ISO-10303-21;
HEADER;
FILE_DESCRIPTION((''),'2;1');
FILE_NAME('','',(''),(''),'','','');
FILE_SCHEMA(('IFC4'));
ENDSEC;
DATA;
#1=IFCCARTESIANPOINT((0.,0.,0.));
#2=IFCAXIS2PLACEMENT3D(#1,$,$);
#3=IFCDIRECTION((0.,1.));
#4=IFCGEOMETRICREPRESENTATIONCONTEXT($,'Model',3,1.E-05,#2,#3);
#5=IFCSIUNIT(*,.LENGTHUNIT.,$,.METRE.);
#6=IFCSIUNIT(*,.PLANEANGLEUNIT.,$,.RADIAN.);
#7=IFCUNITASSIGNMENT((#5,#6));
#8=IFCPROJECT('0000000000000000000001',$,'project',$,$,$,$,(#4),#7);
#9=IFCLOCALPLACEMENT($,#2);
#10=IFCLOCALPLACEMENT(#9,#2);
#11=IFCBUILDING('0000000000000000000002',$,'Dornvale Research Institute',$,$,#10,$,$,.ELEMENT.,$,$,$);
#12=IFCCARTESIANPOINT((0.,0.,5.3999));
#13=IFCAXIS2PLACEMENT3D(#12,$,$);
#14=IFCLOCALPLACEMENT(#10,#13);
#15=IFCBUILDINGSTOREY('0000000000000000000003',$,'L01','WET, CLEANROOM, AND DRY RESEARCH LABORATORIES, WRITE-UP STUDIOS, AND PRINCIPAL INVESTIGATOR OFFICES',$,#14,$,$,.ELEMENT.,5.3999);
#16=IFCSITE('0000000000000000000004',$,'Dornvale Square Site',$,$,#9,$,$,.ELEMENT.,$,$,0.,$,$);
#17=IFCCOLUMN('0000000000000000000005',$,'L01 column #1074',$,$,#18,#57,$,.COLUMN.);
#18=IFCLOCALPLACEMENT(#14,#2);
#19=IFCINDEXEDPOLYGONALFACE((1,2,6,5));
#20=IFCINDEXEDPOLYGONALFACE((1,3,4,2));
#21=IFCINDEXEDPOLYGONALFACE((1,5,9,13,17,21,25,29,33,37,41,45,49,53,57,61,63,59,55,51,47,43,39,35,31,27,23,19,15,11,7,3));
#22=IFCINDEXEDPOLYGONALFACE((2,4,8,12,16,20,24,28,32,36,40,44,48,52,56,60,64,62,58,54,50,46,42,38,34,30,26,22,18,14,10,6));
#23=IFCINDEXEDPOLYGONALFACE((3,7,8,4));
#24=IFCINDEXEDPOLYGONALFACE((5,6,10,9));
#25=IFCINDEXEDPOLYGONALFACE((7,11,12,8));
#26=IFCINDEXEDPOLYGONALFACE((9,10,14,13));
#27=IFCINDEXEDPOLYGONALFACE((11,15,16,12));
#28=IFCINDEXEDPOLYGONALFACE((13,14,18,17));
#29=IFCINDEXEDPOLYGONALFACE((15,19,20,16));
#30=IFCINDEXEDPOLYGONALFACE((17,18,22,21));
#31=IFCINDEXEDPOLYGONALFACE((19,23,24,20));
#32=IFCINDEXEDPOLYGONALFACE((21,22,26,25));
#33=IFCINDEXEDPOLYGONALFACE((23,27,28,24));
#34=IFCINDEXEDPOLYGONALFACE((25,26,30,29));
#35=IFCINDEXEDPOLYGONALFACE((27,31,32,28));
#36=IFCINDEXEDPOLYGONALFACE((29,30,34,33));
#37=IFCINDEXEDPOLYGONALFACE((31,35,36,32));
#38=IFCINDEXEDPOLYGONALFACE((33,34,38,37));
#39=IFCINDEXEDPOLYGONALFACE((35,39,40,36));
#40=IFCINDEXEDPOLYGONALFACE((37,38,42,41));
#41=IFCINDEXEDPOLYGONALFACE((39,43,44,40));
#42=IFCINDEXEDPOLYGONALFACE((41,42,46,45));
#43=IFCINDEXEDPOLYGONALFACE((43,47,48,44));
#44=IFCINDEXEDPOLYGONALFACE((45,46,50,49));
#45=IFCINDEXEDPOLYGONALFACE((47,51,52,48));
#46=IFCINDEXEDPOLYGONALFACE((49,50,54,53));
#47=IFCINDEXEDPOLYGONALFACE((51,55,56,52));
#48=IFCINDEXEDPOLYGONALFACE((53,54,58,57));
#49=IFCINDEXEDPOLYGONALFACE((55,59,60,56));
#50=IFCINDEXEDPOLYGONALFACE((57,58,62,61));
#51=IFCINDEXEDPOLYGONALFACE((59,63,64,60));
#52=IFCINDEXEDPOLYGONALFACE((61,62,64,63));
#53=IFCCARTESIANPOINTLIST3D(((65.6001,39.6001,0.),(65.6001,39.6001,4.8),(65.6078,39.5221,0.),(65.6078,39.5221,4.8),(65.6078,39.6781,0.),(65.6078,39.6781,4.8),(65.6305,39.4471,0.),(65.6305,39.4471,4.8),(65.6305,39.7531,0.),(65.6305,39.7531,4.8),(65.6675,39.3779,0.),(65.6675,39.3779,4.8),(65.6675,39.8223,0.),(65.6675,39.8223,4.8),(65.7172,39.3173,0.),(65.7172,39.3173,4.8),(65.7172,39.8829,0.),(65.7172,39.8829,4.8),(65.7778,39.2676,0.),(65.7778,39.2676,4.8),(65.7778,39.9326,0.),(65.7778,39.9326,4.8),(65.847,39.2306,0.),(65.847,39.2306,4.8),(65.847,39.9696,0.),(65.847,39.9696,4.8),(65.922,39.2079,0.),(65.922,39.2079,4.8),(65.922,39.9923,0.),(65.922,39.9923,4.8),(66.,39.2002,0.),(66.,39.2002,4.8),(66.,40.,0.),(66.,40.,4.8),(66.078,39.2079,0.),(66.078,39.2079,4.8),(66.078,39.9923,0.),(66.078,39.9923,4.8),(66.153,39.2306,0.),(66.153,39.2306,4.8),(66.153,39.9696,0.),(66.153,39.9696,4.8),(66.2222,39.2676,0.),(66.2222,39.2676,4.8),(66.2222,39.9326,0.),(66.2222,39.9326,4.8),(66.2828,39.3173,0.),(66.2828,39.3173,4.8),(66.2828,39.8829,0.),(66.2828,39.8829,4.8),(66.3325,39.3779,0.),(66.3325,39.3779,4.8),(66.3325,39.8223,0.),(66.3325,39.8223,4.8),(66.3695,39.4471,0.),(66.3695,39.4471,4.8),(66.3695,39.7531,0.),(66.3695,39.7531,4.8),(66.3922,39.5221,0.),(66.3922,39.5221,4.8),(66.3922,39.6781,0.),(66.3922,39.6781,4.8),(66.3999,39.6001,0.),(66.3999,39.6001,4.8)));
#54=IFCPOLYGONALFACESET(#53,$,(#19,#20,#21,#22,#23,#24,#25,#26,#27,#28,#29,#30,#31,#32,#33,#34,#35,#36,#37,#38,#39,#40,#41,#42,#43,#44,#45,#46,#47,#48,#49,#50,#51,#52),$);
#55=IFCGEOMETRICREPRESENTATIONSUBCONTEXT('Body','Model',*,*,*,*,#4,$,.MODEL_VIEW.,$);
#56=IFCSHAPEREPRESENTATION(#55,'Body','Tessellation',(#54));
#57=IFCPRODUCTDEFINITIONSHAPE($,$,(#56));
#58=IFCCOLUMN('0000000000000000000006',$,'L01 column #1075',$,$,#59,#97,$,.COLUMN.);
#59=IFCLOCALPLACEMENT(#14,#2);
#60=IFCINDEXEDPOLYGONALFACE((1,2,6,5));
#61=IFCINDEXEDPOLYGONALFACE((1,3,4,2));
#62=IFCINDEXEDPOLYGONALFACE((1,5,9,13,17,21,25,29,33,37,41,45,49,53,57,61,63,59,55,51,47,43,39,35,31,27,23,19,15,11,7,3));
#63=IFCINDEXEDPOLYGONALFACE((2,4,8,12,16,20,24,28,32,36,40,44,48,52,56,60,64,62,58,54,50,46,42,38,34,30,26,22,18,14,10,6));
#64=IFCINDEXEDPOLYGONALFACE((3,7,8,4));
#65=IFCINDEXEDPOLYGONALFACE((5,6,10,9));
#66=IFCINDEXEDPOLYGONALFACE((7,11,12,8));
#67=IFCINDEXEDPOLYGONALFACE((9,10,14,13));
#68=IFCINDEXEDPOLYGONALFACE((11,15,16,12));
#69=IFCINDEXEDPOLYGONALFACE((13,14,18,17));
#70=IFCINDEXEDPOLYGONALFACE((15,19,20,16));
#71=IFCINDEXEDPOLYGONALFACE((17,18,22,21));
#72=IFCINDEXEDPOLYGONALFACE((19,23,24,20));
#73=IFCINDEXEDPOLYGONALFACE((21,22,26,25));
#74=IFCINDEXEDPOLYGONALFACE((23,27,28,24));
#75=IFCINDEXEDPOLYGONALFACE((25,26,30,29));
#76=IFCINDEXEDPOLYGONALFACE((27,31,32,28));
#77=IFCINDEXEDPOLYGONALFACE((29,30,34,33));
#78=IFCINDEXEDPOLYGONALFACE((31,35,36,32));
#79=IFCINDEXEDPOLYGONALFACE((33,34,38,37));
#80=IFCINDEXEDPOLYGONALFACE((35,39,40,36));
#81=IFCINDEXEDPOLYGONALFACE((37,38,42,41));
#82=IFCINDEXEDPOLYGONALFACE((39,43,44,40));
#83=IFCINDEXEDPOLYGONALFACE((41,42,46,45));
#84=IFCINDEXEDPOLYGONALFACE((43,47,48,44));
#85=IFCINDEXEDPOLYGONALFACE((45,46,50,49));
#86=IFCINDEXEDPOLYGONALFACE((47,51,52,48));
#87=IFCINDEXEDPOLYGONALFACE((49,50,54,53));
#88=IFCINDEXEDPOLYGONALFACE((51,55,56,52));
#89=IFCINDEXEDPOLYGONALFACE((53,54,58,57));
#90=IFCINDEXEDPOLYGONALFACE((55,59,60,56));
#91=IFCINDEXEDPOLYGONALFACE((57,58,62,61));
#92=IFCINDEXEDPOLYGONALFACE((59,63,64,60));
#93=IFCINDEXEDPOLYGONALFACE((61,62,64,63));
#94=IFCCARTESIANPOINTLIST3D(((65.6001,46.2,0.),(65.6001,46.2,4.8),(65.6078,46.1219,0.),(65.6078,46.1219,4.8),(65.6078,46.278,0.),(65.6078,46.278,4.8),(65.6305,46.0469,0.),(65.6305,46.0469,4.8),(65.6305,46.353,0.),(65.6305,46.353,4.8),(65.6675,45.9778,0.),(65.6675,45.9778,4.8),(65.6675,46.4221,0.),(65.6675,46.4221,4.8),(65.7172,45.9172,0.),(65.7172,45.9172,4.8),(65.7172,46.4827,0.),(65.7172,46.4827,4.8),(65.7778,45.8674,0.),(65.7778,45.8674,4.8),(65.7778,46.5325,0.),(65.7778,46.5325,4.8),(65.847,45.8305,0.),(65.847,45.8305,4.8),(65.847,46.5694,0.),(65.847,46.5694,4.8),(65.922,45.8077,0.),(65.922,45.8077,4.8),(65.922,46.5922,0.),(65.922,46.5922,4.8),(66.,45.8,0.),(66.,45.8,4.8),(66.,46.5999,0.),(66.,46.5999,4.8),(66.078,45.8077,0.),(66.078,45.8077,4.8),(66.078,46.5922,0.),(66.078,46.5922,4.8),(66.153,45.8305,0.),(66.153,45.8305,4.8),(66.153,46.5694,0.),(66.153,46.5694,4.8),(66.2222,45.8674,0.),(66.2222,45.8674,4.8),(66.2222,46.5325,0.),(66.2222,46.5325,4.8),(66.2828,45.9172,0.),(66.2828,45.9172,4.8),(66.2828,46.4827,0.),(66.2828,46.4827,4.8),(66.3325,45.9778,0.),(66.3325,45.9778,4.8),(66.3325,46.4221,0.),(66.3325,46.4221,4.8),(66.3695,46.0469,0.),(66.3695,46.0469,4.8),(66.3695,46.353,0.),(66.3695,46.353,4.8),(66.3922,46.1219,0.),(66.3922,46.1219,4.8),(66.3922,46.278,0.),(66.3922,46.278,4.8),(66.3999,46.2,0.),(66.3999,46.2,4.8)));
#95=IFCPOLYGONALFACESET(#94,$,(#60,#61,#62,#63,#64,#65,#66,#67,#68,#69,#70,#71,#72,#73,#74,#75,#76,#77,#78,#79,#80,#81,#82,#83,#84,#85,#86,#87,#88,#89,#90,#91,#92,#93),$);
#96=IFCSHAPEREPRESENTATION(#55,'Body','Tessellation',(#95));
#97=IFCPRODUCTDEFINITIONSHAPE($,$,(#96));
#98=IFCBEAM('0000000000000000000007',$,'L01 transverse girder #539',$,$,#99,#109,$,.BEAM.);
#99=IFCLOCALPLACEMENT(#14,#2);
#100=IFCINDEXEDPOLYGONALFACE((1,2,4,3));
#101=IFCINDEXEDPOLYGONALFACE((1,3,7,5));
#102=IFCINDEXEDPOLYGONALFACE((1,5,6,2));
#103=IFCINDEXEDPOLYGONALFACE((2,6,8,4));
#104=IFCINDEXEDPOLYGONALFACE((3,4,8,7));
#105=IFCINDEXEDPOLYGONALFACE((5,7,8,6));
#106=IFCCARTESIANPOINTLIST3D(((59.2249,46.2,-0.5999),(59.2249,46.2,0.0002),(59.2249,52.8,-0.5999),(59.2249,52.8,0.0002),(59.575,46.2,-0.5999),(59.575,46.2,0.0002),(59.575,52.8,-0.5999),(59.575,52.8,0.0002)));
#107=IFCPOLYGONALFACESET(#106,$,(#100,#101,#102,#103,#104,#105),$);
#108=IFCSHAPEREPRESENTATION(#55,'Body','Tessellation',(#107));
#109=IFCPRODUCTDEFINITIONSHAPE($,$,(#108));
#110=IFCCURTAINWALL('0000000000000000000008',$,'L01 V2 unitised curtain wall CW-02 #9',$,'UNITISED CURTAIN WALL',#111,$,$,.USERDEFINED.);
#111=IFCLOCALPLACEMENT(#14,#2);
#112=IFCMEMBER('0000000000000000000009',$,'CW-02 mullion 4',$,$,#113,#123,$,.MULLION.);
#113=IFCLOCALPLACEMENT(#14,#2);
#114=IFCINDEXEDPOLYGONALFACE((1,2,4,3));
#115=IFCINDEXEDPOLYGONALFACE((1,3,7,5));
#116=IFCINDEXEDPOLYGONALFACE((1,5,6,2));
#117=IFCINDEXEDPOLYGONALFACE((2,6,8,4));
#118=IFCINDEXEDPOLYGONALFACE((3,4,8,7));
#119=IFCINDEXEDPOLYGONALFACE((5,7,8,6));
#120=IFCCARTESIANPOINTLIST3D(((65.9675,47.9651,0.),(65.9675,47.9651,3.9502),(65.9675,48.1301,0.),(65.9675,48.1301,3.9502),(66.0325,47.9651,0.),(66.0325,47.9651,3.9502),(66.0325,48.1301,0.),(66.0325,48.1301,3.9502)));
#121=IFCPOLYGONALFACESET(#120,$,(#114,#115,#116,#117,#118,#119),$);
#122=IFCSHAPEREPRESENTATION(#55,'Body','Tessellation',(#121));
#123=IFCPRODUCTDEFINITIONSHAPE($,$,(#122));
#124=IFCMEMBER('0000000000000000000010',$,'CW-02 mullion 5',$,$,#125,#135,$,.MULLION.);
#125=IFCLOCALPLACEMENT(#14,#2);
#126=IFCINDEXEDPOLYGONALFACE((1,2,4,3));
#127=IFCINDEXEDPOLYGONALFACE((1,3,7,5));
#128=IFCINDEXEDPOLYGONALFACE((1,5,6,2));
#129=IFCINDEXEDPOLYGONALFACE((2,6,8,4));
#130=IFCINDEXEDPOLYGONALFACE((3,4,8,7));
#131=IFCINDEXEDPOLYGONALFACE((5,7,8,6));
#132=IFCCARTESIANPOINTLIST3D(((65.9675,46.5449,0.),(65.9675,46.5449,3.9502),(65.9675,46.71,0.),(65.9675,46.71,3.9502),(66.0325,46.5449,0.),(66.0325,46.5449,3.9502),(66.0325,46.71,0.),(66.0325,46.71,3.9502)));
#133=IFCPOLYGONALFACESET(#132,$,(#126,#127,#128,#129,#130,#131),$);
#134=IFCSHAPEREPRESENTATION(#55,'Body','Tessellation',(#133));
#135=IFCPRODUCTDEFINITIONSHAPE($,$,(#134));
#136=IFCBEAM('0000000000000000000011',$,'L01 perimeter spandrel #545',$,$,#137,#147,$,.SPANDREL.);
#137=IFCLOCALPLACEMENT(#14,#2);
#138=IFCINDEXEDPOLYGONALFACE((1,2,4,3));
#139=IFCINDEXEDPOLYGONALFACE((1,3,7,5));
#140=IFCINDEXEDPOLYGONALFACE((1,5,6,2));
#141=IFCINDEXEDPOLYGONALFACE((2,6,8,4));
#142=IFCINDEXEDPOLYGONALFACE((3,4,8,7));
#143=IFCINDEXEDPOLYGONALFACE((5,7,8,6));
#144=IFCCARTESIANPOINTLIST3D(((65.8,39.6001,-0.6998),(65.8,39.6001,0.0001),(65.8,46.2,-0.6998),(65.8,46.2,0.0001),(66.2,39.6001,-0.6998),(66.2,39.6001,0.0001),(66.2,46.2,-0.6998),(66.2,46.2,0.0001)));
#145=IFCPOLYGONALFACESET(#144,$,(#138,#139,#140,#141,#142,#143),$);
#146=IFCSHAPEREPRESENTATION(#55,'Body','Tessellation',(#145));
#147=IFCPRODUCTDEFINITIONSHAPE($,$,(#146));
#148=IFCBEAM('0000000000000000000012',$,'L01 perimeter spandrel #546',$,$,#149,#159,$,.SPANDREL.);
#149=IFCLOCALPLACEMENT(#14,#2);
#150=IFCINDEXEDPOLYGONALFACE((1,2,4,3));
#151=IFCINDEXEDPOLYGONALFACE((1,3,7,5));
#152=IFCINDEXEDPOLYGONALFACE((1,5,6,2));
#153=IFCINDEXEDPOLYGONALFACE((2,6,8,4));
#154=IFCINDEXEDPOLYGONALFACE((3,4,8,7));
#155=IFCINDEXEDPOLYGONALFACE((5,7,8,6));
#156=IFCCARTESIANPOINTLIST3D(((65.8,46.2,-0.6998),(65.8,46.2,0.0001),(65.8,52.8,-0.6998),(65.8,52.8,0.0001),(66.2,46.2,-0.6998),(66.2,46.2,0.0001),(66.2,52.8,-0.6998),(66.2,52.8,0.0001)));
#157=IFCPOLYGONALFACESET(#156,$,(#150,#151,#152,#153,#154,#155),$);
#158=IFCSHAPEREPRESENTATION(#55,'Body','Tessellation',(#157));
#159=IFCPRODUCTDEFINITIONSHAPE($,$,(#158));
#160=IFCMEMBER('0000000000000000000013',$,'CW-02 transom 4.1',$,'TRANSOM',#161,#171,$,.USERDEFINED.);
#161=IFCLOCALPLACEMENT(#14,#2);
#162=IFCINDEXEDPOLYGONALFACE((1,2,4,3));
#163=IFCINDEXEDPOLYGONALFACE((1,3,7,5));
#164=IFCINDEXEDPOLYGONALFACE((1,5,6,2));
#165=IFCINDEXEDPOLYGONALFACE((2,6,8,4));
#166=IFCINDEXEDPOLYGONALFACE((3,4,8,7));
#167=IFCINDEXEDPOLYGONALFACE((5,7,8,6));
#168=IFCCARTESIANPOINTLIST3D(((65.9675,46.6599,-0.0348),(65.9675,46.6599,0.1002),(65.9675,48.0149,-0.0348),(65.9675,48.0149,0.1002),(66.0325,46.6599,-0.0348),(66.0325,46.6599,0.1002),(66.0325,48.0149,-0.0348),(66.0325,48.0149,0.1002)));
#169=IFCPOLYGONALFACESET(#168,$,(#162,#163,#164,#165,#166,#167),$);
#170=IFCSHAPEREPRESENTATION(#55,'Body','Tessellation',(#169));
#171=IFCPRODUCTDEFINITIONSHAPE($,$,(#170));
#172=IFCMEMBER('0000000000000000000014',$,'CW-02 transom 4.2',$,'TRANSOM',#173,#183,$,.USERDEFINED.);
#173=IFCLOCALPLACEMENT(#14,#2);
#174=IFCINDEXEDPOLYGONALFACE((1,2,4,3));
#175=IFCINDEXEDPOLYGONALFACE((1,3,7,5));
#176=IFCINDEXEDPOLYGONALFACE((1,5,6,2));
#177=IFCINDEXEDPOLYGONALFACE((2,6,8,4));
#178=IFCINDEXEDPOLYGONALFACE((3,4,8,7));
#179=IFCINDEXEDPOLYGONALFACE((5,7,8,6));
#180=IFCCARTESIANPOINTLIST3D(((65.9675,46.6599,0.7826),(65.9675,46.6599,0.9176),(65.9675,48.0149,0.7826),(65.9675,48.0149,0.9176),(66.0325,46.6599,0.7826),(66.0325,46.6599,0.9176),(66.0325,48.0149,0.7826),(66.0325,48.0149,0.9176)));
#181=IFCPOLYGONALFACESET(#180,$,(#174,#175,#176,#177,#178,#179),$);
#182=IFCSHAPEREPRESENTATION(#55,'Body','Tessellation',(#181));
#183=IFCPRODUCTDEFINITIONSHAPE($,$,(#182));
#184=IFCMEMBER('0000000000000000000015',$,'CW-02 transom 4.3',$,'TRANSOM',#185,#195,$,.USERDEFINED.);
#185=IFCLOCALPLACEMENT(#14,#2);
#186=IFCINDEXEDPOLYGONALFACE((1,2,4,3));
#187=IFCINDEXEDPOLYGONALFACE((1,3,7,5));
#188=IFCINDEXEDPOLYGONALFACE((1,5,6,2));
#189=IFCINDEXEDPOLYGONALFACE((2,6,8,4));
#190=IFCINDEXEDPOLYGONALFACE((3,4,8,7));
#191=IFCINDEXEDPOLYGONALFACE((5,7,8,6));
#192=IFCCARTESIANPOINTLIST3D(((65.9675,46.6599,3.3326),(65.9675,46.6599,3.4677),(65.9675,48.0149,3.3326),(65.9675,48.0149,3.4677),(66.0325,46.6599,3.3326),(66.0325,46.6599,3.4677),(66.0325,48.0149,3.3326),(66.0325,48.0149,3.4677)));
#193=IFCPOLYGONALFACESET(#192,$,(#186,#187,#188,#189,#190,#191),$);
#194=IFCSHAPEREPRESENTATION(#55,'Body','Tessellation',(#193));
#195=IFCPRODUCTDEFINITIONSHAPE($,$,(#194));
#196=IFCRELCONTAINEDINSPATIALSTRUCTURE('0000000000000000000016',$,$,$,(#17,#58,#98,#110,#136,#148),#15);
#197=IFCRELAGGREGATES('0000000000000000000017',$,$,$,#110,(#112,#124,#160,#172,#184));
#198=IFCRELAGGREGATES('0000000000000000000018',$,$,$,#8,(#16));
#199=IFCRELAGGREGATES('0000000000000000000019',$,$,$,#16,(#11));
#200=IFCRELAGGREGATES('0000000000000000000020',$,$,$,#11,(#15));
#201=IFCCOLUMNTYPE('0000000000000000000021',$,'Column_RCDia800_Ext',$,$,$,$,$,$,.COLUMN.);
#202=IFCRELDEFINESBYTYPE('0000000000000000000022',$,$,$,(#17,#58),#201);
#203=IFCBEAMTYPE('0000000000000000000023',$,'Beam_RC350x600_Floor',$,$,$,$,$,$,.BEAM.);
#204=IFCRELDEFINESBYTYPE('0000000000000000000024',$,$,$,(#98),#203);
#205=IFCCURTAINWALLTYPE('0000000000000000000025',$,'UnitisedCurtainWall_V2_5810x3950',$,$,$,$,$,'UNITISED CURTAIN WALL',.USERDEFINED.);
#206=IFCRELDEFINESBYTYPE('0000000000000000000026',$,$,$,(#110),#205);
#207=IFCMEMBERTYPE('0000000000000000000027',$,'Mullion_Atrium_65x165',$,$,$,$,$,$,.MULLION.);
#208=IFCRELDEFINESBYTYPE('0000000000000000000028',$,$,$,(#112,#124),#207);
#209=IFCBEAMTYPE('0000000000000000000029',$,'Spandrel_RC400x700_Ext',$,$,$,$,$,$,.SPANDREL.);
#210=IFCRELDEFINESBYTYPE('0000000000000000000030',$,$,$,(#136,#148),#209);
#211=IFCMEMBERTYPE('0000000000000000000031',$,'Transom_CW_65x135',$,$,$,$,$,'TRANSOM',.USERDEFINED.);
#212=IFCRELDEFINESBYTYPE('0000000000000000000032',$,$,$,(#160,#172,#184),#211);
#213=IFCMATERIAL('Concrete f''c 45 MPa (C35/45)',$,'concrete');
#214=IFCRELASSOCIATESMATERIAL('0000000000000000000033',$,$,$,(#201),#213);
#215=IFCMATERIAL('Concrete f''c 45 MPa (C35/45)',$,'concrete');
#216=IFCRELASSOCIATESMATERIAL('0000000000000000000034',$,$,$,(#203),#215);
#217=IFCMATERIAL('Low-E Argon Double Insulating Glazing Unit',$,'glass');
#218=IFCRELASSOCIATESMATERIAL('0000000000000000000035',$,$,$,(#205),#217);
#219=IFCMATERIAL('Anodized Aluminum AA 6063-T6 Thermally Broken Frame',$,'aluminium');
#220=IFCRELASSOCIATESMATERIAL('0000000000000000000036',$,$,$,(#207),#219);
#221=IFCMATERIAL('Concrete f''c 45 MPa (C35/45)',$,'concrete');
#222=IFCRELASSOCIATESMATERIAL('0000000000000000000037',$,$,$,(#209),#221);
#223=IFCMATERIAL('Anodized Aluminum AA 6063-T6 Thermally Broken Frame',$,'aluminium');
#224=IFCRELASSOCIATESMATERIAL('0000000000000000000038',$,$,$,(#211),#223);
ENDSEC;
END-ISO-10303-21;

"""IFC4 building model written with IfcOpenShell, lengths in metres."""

from ifc_helpers import new_model, si_unit, direction, frame, origin, origin_2d, place, context, subcontext, project, spatial, rectangle, circle, extrude, material, material_profile, profile_set, type_object, element, aggregate, save


model = new_model("IFC4")

# Units and contexts
model_context = context("Model", 3, precision=1e-05, world=origin(), true_north=direction((0.0, 1.0)))
body_context = subcontext(model_context, "Body", "Model", "MODEL_VIEW")
ifc_project = project(units=[si_unit("LENGTHUNIT", "METRE"), si_unit("PLANEANGLEUNIT", "RADIAN")], contexts=[model_context])

# Site, building, storey
site_placement = place(None, origin())
site = spatial("IfcSite", under=ifc_project, at=site_placement, Name="Dornvale Square Site", CompositionType="ELEMENT", RefElevation=0.0)
building_placement = place(site_placement, origin())
building = spatial("IfcBuilding", under=site, at=building_placement, Name="Dornvale Research Institute", CompositionType="ELEMENT")
storey_placement = place(building_placement, frame((0.0, 0.0, 5.3999)))
storey = spatial("IfcBuildingStorey", under=building, at=storey_placement, Name="L01", Description="WET, CLEANROOM, AND DRY RESEARCH LABORATORIES, WRITE-UP STUDIOS, AND PRINCIPAL INVESTIGATOR OFFICES", CompositionType="ELEMENT", Elevation=5.3999)

# Columns
ifc_material_1 = material(Name="Concrete f'c 45 MPa (C35/45)", Category="concrete")
ifc_material_profile_1 = material_profile(ifc_material_1, circle(Radius=0.3999, at=origin_2d()), Name="RC DIA 800")
ifc_profile_set_1 = profile_set([ifc_material_profile_1], Name="Concrete f'c 45 MPa (C35/45)")
column_type = type_object("IfcColumnType", Name="Column_RCDia800_Ext", PredefinedType="COLUMN", material=ifc_profile_set_1)
for number, where, z_axis, x_axis, name in (
    (1, (66.0, 39.6001, 0.0), (0.0, 0.0, 1.0), (1.0, 0.0, 0.0), "L01 column #1074"),
    (2, (66.0, 46.2, 0.0), (0.0, 0.0, 1.0), (1.0, 0.0, 0.0), "L01 column #1075"),
):
    element("IfcColumn", number, at=place(storey_placement, frame(where, z_axis=z_axis, x_axis=x_axis)), inside=storey, type_object=column_type, Name=name, PredefinedType="COLUMN", context=body_context, shape_type="SweptSolid", body=[
        extrude(circle(Radius=0.3999, at=origin_2d()), origin(), (0.0, 0.0, 1.0), 4.8),
    ])

# Beam
ifc_material_2 = material(Name="Concrete f'c 45 MPa (C35/45)", Category="concrete")
ifc_material_profile_2 = material_profile(ifc_material_2, rectangle(XDim=0.3501, YDim=0.6001, at=origin_2d()), Name="RC 350x600")
ifc_profile_set_2 = profile_set([ifc_material_profile_2], Name="Concrete f'c 45 MPa (C35/45)")
beam_type_1 = type_object("IfcBeamType", Name="Beam_RC350x600_Floor", PredefinedType="BEAM", material=ifc_profile_set_2)
beam_1_placement = place(storey_placement, frame((59.3999, 46.2, -0.2998), z_axis=(0.0, 1.0, 0.0), x_axis=(-1.0, 0.0, 0.0)))
element("IfcBeam", 3, at=beam_1_placement, inside=storey, type_object=beam_type_1, Name="L01 transverse girder #539", PredefinedType="BEAM", context=body_context, shape_type="SweptSolid", body=[
    extrude(rectangle(XDim=0.3501, YDim=0.6001, at=origin_2d()), origin(), (0.0, 0.0, 1.0), 6.6001),
])

# Curtain wall, members
ifc_material_3 = material(Name="Low-E Argon Double Insulating Glazing Unit", Category="glass")
curtain_wall_type = type_object("IfcCurtainWallType", Name="UnitisedCurtainWall_V2_5810x3950", ElementType="UNITISED CURTAIN WALL", PredefinedType="USERDEFINED", material=ifc_material_3)
curtain_wall_placement = place(storey_placement, origin())
curtain_wall = element("IfcCurtainWall", 4, at=curtain_wall_placement, inside=storey, type_object=curtain_wall_type, Name="L01 V2 unitised curtain wall CW-02 #9", ObjectType="UNITISED CURTAIN WALL", PredefinedType="USERDEFINED")
ifc_material_4 = material(Name="Anodized Aluminum AA 6063-T6 Thermally Broken Frame", Category="aluminium")
ifc_material_profile_3 = material_profile(ifc_material_4, rectangle(XDim=0.0649, YDim=0.165, at=origin_2d()), Name="ALU MULLION 65x165")
ifc_profile_set_3 = profile_set([ifc_material_profile_3], Name="Anodized Aluminum AA 6063-T6 Thermally Broken Frame")
member_type_1 = type_object("IfcMemberType", Name="Mullion_Atrium_65x165", PredefinedType="MULLION", material=ifc_profile_set_3)
member_1_placement = place(storey_placement, frame((66.0, 48.0476, 0.0), z_axis=(0.0, 0.0, 1.0), x_axis=(1.0, 0.0, 0.0)))
member_1 = element("IfcMember", 5, at=member_1_placement, type_object=member_type_1, Name="CW-02 mullion 4", PredefinedType="MULLION", context=body_context, shape_type="SweptSolid", body=[
    extrude(rectangle(XDim=0.0649, YDim=0.165, at=origin_2d()), origin(), (0.0, 0.0, 1.0), 3.9502),
])
member_2_placement = place(storey_placement, frame((66.0, 46.6274, 0.0), z_axis=(0.0, 0.0, 1.0), x_axis=(1.0, 0.0, 0.0)))
member_2 = element("IfcMember", 6, at=member_2_placement, type_object=member_type_1, Name="CW-02 mullion 5", PredefinedType="MULLION", context=body_context, shape_type="SweptSolid", body=[
    extrude(rectangle(XDim=0.0649, YDim=0.165, at=origin_2d()), origin(), (0.0, 0.0, 1.0), 3.9502),
])

# Beams
ifc_material_5 = material(Name="Concrete f'c 45 MPa (C35/45)", Category="concrete")
ifc_material_profile_4 = material_profile(ifc_material_5, rectangle(XDim=0.3999, YDim=0.7, at=origin_2d()), Name="RC 400x700")
ifc_profile_set_4 = profile_set([ifc_material_profile_4], Name="Concrete f'c 45 MPa (C35/45)")
beam_type_2 = type_object("IfcBeamType", Name="Spandrel_RC400x700_Ext", PredefinedType="SPANDREL", material=ifc_profile_set_4)
beam_2_placement = place(storey_placement, frame((66.0, 39.6001, -0.3499), z_axis=(0.0, 1.0, 0.0), x_axis=(-1.0, 0.0, 0.0)))
element("IfcBeam", 7, at=beam_2_placement, inside=storey, type_object=beam_type_2, Name="L01 perimeter spandrel #545", PredefinedType="SPANDREL", context=body_context, shape_type="SweptSolid", body=[
    extrude(rectangle(XDim=0.3999, YDim=0.7, at=origin_2d()), origin(), (0.0, 0.0, 1.0), 6.5999),
])
beam_3_placement = place(storey_placement, frame((66.0, 46.2, -0.3499), z_axis=(0.0, 1.0, 0.0), x_axis=(-1.0, 0.0, 0.0)))
element("IfcBeam", 8, at=beam_3_placement, inside=storey, type_object=beam_type_2, Name="L01 perimeter spandrel #546", PredefinedType="SPANDREL", context=body_context, shape_type="SweptSolid", body=[
    extrude(rectangle(XDim=0.3999, YDim=0.7, at=origin_2d()), origin(), (0.0, 0.0, 1.0), 6.6001),
])

# Members
ifc_material_6 = material(Name="Anodized Aluminum AA 6063-T6 Thermally Broken Frame", Category="aluminium")
ifc_material_profile_5 = material_profile(ifc_material_6, rectangle(XDim=0.0649, YDim=0.135, at=origin_2d()), Name="ALU TRANSOM 65x135")
ifc_profile_set_5 = profile_set([ifc_material_profile_5], Name="Anodized Aluminum AA 6063-T6 Thermally Broken Frame")
member_type_2 = type_object("IfcMemberType", Name="Transom_CW_65x135", ElementType="TRANSOM", PredefinedType="USERDEFINED", material=ifc_profile_set_5)
member_3_placement = place(storey_placement, frame((66.0, 48.0149, 0.0327), z_axis=(0.0, -1.0, 0.0), x_axis=(1.0, 0.0, 0.0)))
member_3 = element("IfcMember", 9, at=member_3_placement, type_object=member_type_2, Name="CW-02 transom 4.1", ObjectType="TRANSOM", PredefinedType="USERDEFINED", context=body_context, shape_type="SweptSolid", body=[
    extrude(rectangle(XDim=0.0649, YDim=0.135, at=origin_2d()), origin(), (0.0, 0.0, 1.0), 1.355),
])
member_4_placement = place(storey_placement, frame((66.0, 48.0149, 0.8501), z_axis=(0.0, -1.0, 0.0), x_axis=(1.0, 0.0, 0.0)))
member_4 = element("IfcMember", 10, at=member_4_placement, type_object=member_type_2, Name="CW-02 transom 4.2", ObjectType="TRANSOM", PredefinedType="USERDEFINED", context=body_context, shape_type="SweptSolid", body=[
    extrude(rectangle(XDim=0.0649, YDim=0.135, at=origin_2d()), origin(), (0.0, 0.0, 1.0), 1.355),
])
member_5_placement = place(storey_placement, frame((66.0, 48.0149, 3.4001), z_axis=(0.0, -1.0, 0.0), x_axis=(1.0, 0.0, 0.0)))
member_5 = element("IfcMember", 11, at=member_5_placement, type_object=member_type_2, Name="CW-02 transom 4.3", ObjectType="TRANSOM", PredefinedType="USERDEFINED", context=body_context, shape_type="SweptSolid", body=[
    extrude(rectangle(XDim=0.0649, YDim=0.135, at=origin_2d()), origin(), (0.0, 0.0, 1.0), 1.355),
])

aggregate(curtain_wall, [member_1, member_2, member_3, member_4, member_5])

save(model, "model.ifc")
